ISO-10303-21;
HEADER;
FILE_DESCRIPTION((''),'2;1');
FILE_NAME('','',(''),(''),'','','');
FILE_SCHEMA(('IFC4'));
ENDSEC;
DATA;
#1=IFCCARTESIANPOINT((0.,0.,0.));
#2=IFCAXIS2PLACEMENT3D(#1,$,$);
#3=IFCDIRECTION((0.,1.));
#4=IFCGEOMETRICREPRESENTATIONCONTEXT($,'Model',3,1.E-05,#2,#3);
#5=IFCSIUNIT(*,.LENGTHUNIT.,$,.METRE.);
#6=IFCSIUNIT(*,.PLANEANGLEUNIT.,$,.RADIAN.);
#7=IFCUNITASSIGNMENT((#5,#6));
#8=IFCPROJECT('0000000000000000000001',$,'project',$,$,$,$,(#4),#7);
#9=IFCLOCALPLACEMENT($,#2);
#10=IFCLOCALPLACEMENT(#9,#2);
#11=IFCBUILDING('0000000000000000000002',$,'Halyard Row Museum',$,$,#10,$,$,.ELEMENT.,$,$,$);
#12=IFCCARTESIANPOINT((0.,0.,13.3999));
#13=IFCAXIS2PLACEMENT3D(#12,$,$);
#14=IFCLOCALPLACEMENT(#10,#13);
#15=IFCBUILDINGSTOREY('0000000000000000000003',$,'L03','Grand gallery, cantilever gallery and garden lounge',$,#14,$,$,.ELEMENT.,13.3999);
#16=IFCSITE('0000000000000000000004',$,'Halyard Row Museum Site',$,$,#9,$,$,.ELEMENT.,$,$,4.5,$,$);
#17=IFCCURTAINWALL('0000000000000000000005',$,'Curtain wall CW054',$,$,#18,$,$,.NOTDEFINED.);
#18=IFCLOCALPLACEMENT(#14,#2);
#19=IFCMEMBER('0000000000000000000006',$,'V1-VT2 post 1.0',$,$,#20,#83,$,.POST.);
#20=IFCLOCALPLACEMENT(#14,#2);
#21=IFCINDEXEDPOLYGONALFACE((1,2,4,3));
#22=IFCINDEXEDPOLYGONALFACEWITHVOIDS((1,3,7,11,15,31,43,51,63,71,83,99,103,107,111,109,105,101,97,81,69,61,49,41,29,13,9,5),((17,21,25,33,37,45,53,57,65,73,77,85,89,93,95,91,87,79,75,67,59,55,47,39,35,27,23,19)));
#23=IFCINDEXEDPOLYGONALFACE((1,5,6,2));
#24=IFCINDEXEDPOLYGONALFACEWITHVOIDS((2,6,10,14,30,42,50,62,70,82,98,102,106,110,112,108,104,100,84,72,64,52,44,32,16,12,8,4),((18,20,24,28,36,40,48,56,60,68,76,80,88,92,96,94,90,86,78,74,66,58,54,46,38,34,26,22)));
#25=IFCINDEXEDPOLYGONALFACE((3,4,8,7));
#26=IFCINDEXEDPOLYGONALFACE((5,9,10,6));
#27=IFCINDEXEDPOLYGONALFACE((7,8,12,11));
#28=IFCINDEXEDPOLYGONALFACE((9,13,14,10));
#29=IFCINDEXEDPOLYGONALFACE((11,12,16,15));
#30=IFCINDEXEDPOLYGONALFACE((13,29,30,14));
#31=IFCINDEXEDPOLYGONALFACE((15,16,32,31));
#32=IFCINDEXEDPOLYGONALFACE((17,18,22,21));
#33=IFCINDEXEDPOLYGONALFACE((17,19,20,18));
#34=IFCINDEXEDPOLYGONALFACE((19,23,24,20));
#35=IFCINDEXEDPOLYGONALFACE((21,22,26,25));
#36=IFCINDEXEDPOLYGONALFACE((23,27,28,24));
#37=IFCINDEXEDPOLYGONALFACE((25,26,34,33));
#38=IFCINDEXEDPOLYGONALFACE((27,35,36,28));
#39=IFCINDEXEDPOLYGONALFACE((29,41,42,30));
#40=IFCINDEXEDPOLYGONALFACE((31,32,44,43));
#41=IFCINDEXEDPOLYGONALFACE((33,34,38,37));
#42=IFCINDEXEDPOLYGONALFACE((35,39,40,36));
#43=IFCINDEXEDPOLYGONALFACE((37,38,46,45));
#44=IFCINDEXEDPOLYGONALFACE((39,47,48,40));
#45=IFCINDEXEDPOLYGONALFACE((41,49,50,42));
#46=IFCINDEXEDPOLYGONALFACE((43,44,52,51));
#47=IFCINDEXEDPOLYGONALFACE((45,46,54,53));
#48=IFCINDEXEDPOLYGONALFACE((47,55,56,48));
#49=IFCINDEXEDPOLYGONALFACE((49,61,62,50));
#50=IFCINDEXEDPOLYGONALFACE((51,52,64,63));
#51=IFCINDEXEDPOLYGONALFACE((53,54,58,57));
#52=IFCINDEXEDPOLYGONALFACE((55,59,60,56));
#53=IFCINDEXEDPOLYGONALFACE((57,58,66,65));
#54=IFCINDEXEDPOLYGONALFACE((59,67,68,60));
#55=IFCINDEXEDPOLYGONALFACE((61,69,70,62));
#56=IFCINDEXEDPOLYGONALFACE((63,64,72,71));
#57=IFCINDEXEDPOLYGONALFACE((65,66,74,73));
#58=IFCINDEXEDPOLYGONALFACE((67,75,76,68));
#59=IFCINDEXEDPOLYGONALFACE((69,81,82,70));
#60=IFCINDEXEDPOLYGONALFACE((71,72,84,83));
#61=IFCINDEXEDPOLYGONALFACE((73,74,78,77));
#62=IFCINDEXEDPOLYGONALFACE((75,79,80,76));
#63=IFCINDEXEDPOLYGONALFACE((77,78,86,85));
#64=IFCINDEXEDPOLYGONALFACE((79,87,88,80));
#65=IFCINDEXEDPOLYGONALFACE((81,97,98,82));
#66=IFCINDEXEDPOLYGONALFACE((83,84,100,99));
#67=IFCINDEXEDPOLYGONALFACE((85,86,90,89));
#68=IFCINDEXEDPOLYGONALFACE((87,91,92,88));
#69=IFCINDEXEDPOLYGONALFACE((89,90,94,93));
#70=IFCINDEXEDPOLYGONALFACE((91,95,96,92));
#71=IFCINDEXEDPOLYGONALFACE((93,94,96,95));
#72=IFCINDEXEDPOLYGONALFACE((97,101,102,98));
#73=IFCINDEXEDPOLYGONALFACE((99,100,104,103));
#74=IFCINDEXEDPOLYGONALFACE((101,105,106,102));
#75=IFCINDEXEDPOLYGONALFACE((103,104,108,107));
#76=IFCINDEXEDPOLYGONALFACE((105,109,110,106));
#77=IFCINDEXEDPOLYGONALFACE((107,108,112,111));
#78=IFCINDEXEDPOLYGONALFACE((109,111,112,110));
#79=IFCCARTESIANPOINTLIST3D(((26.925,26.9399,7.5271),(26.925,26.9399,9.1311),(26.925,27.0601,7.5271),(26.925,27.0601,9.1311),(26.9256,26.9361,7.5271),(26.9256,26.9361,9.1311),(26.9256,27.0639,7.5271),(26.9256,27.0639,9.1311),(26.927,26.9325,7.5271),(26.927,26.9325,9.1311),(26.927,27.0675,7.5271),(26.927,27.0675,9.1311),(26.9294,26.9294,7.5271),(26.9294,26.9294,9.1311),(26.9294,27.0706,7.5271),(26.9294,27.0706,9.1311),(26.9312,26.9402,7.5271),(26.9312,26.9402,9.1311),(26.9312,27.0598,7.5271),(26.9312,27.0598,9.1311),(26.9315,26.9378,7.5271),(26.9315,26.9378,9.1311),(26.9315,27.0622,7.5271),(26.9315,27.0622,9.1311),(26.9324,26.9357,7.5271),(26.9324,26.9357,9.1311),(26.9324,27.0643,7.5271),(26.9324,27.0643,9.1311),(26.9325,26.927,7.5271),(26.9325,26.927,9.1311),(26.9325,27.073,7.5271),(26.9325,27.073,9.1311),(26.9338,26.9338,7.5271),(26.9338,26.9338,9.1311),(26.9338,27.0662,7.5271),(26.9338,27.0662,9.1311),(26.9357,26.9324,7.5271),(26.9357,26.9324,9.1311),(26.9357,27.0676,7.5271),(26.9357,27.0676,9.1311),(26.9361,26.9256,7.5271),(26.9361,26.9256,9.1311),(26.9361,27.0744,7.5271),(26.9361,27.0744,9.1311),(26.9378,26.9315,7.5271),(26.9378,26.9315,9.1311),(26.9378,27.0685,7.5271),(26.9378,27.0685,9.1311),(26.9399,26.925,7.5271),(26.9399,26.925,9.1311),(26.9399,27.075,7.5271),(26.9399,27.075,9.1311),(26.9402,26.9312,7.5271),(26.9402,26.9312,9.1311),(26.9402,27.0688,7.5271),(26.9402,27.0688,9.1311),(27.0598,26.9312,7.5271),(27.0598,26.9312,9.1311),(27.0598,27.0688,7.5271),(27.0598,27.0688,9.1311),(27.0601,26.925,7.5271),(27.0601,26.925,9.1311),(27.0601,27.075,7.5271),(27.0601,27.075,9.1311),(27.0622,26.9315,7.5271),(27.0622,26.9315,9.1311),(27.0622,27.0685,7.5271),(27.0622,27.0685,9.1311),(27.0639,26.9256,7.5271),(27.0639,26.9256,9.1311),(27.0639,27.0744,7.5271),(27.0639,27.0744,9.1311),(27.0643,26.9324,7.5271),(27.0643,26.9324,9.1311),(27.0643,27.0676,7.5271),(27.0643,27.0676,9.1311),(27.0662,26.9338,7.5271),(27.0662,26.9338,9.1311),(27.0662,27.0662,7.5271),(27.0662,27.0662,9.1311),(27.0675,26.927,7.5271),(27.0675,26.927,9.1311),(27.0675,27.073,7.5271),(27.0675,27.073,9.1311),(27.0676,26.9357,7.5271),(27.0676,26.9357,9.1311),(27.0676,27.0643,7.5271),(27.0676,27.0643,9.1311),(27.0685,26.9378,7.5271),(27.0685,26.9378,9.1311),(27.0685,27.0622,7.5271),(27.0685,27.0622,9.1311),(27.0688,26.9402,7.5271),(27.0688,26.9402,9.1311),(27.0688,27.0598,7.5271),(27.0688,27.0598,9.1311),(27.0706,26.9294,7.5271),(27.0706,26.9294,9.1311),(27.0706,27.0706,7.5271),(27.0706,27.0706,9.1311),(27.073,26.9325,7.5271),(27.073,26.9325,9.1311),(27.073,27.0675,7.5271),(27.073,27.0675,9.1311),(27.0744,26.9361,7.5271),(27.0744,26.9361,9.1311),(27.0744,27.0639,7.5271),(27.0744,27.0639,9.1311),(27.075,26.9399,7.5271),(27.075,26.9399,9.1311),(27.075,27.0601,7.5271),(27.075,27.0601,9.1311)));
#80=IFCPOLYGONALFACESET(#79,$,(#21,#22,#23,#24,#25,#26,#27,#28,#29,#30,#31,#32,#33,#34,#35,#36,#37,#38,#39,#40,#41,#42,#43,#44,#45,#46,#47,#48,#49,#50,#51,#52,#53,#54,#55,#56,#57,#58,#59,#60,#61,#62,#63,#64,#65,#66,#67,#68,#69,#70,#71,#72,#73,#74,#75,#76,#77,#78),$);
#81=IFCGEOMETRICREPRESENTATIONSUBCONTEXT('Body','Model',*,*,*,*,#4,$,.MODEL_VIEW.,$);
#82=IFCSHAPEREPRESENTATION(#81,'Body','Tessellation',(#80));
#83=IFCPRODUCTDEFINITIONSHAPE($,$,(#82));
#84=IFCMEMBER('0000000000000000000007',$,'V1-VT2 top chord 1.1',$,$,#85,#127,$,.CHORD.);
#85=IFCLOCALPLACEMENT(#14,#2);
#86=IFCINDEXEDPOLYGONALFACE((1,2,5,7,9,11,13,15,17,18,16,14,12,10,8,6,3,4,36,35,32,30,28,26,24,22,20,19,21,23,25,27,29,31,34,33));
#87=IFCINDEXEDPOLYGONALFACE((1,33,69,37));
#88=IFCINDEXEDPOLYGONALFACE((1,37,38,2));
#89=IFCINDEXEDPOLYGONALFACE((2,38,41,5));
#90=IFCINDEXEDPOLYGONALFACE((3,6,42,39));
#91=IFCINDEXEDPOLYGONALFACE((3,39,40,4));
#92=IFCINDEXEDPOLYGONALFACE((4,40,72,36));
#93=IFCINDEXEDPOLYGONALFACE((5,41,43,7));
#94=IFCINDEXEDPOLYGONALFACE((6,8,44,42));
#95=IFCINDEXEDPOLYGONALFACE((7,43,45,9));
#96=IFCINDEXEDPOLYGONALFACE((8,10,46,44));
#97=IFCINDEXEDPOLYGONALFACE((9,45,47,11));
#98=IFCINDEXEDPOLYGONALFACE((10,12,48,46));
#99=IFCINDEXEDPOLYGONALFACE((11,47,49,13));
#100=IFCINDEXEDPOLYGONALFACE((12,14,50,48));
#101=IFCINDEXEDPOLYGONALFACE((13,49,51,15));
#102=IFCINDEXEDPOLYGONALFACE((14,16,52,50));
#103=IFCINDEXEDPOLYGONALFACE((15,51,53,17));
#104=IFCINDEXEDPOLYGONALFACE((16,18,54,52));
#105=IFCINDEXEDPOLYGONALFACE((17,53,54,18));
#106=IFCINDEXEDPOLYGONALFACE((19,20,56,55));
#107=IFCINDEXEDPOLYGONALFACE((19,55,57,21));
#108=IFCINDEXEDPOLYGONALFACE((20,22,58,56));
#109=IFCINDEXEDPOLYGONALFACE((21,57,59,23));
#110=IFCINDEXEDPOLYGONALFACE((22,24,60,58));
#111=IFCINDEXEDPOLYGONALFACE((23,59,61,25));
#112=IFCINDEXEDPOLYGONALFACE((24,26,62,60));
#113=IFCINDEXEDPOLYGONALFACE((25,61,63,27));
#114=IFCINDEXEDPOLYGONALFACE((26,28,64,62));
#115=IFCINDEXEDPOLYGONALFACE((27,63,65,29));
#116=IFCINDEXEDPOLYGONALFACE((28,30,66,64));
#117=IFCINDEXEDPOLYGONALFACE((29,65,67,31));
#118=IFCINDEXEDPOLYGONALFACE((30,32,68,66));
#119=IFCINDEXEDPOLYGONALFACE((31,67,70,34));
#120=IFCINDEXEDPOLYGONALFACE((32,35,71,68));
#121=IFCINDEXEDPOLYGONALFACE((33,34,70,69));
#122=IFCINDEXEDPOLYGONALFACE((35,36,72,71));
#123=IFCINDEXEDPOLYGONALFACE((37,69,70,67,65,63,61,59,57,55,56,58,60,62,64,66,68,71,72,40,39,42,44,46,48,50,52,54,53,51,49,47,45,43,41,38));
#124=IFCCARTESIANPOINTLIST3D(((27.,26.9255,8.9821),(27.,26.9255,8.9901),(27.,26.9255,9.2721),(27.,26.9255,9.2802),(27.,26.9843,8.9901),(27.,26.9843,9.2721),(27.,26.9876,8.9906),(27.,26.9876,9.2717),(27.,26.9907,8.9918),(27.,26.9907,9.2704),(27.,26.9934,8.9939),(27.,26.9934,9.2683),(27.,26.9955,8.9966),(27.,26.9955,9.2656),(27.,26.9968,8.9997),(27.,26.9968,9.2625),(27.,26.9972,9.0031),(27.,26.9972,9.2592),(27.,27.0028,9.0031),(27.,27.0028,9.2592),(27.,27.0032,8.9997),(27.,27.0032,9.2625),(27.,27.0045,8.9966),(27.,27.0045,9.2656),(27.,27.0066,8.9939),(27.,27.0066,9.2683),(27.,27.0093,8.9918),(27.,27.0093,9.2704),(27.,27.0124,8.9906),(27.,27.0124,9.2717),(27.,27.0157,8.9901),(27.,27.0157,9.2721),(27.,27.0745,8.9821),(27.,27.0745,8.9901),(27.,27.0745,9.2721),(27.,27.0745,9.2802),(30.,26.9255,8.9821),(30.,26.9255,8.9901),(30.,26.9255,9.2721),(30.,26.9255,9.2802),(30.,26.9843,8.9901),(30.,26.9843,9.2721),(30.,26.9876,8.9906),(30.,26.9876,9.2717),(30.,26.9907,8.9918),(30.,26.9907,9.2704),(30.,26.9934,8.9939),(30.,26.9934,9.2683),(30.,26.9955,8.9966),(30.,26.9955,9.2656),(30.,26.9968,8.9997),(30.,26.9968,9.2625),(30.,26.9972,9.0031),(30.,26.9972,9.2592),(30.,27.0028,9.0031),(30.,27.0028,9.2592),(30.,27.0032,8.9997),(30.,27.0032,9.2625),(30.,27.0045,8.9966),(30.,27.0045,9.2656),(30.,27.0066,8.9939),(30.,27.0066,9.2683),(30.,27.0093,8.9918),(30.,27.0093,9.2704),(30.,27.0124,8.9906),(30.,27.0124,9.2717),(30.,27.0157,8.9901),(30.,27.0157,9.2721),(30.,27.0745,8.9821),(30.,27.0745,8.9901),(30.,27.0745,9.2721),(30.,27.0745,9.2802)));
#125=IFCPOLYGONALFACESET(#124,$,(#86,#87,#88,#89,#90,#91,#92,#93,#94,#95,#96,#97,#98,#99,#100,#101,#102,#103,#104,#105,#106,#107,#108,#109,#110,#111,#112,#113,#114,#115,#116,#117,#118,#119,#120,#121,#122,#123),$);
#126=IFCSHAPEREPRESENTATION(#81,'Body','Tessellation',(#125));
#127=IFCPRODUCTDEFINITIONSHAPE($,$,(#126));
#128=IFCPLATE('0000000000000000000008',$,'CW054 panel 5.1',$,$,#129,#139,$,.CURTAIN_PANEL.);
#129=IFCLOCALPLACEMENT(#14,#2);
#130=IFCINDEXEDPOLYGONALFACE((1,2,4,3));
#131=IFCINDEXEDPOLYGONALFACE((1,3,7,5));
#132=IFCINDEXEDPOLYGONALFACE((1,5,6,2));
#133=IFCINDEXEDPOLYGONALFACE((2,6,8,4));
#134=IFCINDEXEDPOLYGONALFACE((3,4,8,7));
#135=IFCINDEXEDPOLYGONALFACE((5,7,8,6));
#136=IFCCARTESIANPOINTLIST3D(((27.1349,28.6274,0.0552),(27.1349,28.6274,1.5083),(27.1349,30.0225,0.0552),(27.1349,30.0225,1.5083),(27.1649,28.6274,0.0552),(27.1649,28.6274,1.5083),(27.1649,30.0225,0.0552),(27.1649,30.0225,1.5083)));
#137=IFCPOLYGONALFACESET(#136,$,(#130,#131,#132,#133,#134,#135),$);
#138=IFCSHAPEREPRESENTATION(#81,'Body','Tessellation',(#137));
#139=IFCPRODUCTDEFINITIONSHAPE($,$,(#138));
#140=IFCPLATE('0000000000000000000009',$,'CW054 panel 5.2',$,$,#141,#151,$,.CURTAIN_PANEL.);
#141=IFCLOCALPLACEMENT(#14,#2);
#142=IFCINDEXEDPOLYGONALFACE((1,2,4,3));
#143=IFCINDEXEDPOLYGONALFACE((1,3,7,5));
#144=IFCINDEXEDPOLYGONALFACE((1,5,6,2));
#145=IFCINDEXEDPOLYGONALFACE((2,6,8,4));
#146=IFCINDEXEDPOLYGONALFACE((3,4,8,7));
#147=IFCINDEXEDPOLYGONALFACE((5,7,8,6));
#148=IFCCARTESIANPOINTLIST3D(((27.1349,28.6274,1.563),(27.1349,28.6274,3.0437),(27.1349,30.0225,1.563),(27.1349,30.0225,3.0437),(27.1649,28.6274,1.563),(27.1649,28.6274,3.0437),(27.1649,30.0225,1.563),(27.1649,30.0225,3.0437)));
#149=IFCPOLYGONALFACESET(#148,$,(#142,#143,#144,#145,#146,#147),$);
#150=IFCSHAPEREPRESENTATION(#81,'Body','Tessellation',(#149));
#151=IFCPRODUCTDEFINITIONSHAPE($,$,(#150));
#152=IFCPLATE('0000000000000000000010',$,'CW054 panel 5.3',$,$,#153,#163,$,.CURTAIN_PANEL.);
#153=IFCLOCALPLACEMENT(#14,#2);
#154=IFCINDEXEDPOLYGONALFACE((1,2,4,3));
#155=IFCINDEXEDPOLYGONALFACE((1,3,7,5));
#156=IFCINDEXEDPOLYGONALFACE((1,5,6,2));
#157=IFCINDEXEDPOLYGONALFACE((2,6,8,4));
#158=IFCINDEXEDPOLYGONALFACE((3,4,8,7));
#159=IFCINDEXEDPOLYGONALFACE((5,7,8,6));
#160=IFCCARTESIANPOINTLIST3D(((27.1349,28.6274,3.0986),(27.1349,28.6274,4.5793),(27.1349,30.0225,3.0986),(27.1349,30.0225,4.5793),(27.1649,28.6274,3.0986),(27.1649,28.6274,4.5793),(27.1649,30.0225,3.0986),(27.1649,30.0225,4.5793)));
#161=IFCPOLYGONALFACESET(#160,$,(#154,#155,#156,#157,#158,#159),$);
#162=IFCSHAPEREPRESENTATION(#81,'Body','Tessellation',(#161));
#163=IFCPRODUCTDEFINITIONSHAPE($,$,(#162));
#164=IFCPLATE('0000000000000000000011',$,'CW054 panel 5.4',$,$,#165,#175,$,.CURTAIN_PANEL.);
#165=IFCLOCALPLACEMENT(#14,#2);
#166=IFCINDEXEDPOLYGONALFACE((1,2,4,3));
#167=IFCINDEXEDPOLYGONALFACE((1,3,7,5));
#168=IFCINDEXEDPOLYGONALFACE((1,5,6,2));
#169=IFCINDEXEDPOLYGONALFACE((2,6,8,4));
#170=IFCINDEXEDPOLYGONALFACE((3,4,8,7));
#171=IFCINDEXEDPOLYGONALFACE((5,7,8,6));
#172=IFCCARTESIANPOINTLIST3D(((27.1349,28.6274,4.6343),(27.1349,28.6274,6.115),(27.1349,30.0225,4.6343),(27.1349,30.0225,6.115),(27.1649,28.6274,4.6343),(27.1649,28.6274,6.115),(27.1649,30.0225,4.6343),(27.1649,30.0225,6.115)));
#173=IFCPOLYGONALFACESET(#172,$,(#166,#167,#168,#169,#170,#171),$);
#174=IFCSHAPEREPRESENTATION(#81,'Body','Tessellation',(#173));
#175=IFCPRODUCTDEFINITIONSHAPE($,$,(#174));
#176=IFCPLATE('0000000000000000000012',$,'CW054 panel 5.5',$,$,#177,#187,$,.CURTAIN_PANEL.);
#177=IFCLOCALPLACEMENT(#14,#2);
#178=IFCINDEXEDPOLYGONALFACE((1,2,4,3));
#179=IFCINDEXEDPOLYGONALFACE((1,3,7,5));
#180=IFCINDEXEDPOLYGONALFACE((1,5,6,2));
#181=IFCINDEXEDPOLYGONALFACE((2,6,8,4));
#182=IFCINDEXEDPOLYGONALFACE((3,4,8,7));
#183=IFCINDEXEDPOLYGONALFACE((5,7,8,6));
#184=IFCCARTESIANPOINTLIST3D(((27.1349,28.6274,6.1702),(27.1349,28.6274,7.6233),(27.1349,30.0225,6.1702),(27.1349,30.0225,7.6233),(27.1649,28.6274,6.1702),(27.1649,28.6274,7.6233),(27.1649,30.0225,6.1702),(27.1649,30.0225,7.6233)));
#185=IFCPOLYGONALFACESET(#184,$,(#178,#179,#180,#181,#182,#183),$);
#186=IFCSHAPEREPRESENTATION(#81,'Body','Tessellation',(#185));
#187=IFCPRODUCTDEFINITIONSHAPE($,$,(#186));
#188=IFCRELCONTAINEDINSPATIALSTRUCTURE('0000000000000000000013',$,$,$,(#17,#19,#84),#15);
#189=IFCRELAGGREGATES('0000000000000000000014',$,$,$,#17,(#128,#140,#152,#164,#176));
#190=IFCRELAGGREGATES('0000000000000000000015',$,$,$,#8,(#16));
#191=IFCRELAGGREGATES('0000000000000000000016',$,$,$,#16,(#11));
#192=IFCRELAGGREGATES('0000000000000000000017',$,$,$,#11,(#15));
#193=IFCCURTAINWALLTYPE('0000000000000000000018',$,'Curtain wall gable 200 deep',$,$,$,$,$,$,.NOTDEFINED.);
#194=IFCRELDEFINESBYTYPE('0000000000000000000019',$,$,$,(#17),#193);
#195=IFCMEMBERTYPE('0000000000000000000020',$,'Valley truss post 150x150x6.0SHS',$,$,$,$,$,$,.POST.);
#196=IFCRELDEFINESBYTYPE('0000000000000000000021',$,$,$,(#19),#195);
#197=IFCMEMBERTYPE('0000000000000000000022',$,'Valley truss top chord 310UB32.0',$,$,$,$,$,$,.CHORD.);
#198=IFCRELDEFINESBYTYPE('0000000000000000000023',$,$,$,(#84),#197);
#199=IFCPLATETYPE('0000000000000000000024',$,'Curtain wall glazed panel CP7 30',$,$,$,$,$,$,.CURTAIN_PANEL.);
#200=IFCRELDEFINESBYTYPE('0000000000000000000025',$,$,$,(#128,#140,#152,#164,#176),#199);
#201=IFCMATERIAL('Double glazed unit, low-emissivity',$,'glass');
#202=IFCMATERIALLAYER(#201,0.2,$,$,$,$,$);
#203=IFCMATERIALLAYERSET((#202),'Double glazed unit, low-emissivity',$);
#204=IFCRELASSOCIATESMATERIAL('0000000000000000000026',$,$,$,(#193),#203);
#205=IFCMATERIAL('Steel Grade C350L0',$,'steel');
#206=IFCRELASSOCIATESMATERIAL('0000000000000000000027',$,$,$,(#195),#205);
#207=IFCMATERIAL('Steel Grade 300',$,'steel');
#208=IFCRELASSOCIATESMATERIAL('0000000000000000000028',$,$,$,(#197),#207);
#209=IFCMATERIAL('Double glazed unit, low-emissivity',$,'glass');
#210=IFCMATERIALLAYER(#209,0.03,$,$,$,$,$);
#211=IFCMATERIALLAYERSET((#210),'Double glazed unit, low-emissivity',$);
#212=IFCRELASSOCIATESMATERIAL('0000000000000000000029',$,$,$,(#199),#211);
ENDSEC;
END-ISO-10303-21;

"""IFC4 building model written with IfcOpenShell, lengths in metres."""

from ifc_helpers import new_model, si_unit, direction, frame, origin, origin_2d, place, context, subcontext, project, spatial, rectangle, hollow_rectangle, i_section, extrude, material, layer, layer_set, material_profile, profile_set, type_object, element, aggregate, save


model = new_model("IFC4")

# Units and contexts
model_context = context("Model", 3, precision=1e-05, world=origin(), true_north=direction((0.0, 1.0)))
body_context = subcontext(model_context, "Body", "Model", "MODEL_VIEW")
ifc_project = project(units=[si_unit("LENGTHUNIT", "METRE"), si_unit("PLANEANGLEUNIT", "RADIAN")], contexts=[model_context])

# Site, building, storey
site_placement = place(None, origin())
site = spatial("IfcSite", under=ifc_project, at=site_placement, Name="Halyard Row Museum Site", CompositionType="ELEMENT", RefElevation=4.5)
building_placement = place(site_placement, origin())
building = spatial("IfcBuilding", under=site, at=building_placement, Name="Halyard Row Museum", CompositionType="ELEMENT")
storey_placement = place(building_placement, frame((0.0, 0.0, 13.3999)))
storey = spatial("IfcBuildingStorey", under=building, at=storey_placement, Name="L03", Description="Grand gallery, cantilever gallery and garden lounge", CompositionType="ELEMENT", Elevation=13.3999)

# Curtain wall
ifc_material_1 = material(Name="Double glazed unit, low-emissivity", Category="glass")
ifc_layer_1 = layer(ifc_material_1, 0.2)
ifc_layer_set_1 = layer_set([ifc_layer_1], Name="Double glazed unit, low-emissivity")
curtain_wall_type = type_object("IfcCurtainWallType", Name="Curtain wall gable 200 deep", PredefinedType="NOTDEFINED", material=ifc_layer_set_1)
curtain_wall_placement = place(storey_placement, origin())
curtain_wall = element("IfcCurtainWall", 1, at=curtain_wall_placement, inside=storey, type_object=curtain_wall_type, Name="Curtain wall CW054", PredefinedType="NOTDEFINED")

# Members
ifc_material_2 = material(Name="Steel Grade C350L0", Category="steel")
ifc_material_profile_1 = material_profile(ifc_material_2, hollow_rectangle(XDim=0.1499, YDim=0.1499, WallThickness=0.0061, InnerFilletRadius=0.009, OuterFilletRadius=0.0149, at=origin_2d()), Name="150x150x6.0SHS")
ifc_profile_set_1 = profile_set([ifc_material_profile_1], Name="Steel Grade C350L0")
member_type_1 = type_object("IfcMemberType", Name="Valley truss post 150x150x6.0SHS", PredefinedType="POST", material=ifc_profile_set_1)
member_1_placement = place(storey_placement, frame((27.0, 27.0, 7.5271), z_axis=(0.0, 0.0, 1.0), x_axis=(1.0, 0.0, 0.0)))
element("IfcMember", 2, at=member_1_placement, inside=storey, type_object=member_type_1, Name="V1-VT2 post 1.0", PredefinedType="POST", context=body_context, shape_type="SweptSolid", body=[
    extrude(hollow_rectangle(XDim=0.1499, YDim=0.1499, WallThickness=0.0061, InnerFilletRadius=0.009, OuterFilletRadius=0.0149, at=origin_2d()), origin(), (0.0, 0.0, 1.0), 1.604),
])
ifc_material_3 = material(Name="Steel Grade 300", Category="steel")
ifc_material_profile_2 = material_profile(ifc_material_3, i_section(OverallWidth=0.1489, OverallDepth=0.2981, WebThickness=0.0056, FlangeThickness=0.0081, FilletRadius=0.0129, at=origin_2d()), Name="310UB32.0")
ifc_profile_set_2 = profile_set([ifc_material_profile_2], Name="Steel Grade 300")
member_type_2 = type_object("IfcMemberType", Name="Valley truss top chord 310UB32.0", PredefinedType="CHORD", material=ifc_profile_set_2)
member_2_placement = place(storey_placement, frame((27.0, 27.0, 9.1311), z_axis=(1.0, 0.0, 0.0), x_axis=(0.0, 1.0, 0.0)))
element("IfcMember", 3, at=member_2_placement, inside=storey, type_object=member_type_2, Name="V1-VT2 top chord 1.1", PredefinedType="CHORD", context=body_context, shape_type="SweptSolid", body=[
    extrude(i_section(OverallWidth=0.1489, OverallDepth=0.2981, WebThickness=0.0056, FlangeThickness=0.0081, FilletRadius=0.0129, at=origin_2d()), origin(), (0.0, 0.0, 1.0), 3.0),
])

# Plates
ifc_material_4 = material(Name="Double glazed unit, low-emissivity", Category="glass")
ifc_layer_2 = layer(ifc_material_4, 0.03)
ifc_layer_set_2 = layer_set([ifc_layer_2], Name="Double glazed unit, low-emissivity")
plate_type = type_object("IfcPlateType", Name="Curtain wall glazed panel CP7 30", PredefinedType="CURTAIN_PANEL", material=ifc_layer_set_2)
plate_1_placement = place(storey_placement, frame((27.1499, 29.325, 0.0552), z_axis=(0.0, 0.0, 1.0), x_axis=(0.0, -1.0, 0.0)))
plate_1 = element("IfcPlate", 4, at=plate_1_placement, type_object=plate_type, Name="CW054 panel 5.1", PredefinedType="CURTAIN_PANEL", context=body_context, shape_type="SweptSolid", body=[
    extrude(rectangle(XDim=1.395, YDim=0.03, at=origin_2d()), origin(), (0.0, 0.0, 1.0), 1.4531),
])
plate_2_placement = place(storey_placement, frame((27.1499, 29.325, 1.563), z_axis=(0.0, 0.0, 1.0), x_axis=(0.0, -1.0, 0.0)))
plate_2 = element("IfcPlate", 5, at=plate_2_placement, type_object=plate_type, Name="CW054 panel 5.2", PredefinedType="CURTAIN_PANEL", context=body_context, shape_type="SweptSolid", body=[
    extrude(rectangle(XDim=1.395, YDim=0.03, at=origin_2d()), origin(), (0.0, 0.0, 1.0), 1.4807),
])
plate_3_placement = place(storey_placement, frame((27.1499, 29.325, 3.0986), z_axis=(0.0, 0.0, 1.0), x_axis=(0.0, -1.0, 0.0)))
plate_3 = element("IfcPlate", 6, at=plate_3_placement, type_object=plate_type, Name="CW054 panel 5.3", PredefinedType="CURTAIN_PANEL", context=body_context, shape_type="SweptSolid", body=[
    extrude(rectangle(XDim=1.395, YDim=0.03, at=origin_2d()), origin(), (0.0, 0.0, 1.0), 1.4807),
])
plate_4_placement = place(storey_placement, frame((27.1499, 29.325, 4.6343), z_axis=(0.0, 0.0, 1.0), x_axis=(0.0, -1.0, 0.0)))
plate_4 = element("IfcPlate", 7, at=plate_4_placement, type_object=plate_type, Name="CW054 panel 5.4", PredefinedType="CURTAIN_PANEL", context=body_context, shape_type="SweptSolid", body=[
    extrude(rectangle(XDim=1.395, YDim=0.03, at=origin_2d()), origin(), (0.0, 0.0, 1.0), 1.4807),
])
plate_5_placement = place(storey_placement, frame((27.1499, 29.325, 6.1702), z_axis=(0.0, 0.0, 1.0), x_axis=(0.0, -1.0, 0.0)))
plate_5 = element("IfcPlate", 8, at=plate_5_placement, type_object=plate_type, Name="CW054 panel 5.5", PredefinedType="CURTAIN_PANEL", context=body_context, shape_type="SweptSolid", body=[
    extrude(rectangle(XDim=1.395, YDim=0.03, at=origin_2d()), origin(), (0.0, 0.0, 1.0), 1.4531),
])
aggregate(curtain_wall, [plate_1, plate_2, plate_3, plate_4, plate_5])

save(model, "model.ifc")
